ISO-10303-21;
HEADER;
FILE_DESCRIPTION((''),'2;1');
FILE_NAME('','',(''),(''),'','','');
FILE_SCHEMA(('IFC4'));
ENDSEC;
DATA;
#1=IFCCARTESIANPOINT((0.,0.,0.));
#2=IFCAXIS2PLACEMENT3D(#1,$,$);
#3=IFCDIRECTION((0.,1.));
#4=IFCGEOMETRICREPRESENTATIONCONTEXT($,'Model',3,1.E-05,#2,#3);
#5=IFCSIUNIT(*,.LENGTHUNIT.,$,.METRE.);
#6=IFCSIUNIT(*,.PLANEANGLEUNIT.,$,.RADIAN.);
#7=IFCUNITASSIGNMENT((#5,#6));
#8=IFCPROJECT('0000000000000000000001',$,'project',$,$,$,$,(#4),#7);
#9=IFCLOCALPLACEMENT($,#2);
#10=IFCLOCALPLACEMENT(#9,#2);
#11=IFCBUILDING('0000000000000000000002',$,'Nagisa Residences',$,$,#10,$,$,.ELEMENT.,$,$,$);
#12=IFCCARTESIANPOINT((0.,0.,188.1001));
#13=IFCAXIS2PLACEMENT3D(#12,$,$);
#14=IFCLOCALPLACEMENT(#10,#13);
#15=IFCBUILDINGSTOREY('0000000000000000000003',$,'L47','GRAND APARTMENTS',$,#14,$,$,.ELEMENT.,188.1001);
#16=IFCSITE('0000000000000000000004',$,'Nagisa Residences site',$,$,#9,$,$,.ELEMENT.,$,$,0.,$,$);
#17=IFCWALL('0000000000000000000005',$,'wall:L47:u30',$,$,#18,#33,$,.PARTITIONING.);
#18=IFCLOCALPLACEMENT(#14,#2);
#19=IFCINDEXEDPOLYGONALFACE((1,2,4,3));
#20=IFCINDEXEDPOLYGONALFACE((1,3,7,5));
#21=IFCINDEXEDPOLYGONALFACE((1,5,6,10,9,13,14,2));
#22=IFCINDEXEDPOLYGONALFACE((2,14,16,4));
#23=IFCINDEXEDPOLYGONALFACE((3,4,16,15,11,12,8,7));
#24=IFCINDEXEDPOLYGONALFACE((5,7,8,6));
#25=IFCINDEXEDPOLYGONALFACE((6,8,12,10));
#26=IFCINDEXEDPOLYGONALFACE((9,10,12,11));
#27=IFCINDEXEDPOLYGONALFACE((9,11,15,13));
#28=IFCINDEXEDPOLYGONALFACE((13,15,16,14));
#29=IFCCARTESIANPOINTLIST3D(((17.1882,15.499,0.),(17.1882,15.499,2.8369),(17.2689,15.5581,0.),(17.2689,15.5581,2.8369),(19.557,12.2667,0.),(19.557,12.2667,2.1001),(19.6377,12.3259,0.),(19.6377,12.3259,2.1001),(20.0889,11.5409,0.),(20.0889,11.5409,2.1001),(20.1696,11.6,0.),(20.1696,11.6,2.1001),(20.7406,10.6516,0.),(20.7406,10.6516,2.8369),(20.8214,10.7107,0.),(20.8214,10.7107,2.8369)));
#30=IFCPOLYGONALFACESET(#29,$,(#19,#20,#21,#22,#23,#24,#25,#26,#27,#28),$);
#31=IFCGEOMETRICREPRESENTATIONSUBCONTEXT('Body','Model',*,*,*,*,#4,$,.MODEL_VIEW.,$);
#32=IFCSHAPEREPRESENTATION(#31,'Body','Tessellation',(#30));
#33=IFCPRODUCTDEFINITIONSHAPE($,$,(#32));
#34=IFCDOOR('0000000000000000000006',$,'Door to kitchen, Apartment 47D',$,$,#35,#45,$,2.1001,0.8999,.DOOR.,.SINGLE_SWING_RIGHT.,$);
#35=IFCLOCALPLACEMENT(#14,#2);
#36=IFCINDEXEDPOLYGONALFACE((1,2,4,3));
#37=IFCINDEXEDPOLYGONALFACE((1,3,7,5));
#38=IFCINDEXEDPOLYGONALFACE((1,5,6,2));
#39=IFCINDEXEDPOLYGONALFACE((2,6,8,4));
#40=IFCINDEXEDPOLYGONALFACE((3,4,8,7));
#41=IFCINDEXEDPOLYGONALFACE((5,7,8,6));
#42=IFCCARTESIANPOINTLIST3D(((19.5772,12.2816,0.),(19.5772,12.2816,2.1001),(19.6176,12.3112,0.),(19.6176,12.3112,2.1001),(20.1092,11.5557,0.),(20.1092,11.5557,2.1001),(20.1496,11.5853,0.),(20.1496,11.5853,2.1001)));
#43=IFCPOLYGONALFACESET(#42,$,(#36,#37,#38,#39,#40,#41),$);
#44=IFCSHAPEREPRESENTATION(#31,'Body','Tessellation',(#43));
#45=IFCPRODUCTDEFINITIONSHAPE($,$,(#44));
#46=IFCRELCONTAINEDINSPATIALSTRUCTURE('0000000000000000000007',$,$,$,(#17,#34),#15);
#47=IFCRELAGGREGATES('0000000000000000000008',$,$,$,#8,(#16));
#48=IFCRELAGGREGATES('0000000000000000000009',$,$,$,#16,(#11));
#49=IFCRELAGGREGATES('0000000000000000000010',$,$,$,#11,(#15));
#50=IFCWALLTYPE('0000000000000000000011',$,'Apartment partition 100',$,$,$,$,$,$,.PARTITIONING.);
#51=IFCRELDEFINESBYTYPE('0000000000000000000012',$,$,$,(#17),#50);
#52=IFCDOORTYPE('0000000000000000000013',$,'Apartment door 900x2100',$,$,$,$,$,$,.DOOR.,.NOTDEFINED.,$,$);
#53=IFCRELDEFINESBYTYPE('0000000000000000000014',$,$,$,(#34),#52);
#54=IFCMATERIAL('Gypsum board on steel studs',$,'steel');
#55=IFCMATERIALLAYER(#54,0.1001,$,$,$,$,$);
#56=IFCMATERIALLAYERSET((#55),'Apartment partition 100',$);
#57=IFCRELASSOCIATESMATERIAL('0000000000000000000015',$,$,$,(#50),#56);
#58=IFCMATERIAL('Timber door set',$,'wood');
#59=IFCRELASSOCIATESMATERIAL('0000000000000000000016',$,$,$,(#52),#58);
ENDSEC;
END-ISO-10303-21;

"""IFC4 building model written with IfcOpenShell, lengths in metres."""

from ifc_helpers import new_model, si_unit, direction, frame, frame_2d, origin, place, context, subcontext, project, spatial, rectangle, extrude, material, layer, layer_set, type_object, element, fill, save


model = new_model("IFC4")

# Units and contexts
model_context = context("Model", 3, precision=1e-05, world=origin(), true_north=direction((0.0, 1.0)))
body_context = subcontext(model_context, "Body", "Model", "MODEL_VIEW")
ifc_project = project(units=[si_unit("LENGTHUNIT", "METRE"), si_unit("PLANEANGLEUNIT", "RADIAN")], contexts=[model_context])

# Site, building, storey
site_placement = place(None, origin())
site = spatial("IfcSite", under=ifc_project, at=site_placement, Name="Nagisa Residences site", CompositionType="ELEMENT", RefElevation=0.0)
building_placement = place(site_placement, origin())
building = spatial("IfcBuilding", under=site, at=building_placement, Name="Nagisa Residences", CompositionType="ELEMENT")
storey_placement = place(building_placement, frame((0.0, 0.0, 188.1001)))
storey = spatial("IfcBuildingStorey", under=building, at=storey_placement, Name="L47", Description="GRAND APARTMENTS", CompositionType="ELEMENT", Elevation=188.1001)

# Shared definitions
ifc_material_1 = material(Name="Gypsum board on steel studs", Category="steel")
ifc_layer_1 = layer(ifc_material_1, 0.1001)
ifc_layer_set_1 = layer_set([ifc_layer_1], Name="Apartment partition 100")
wall_type_1 = type_object("IfcWallType", Name="Apartment partition 100", PredefinedType="PARTITIONING", material=ifc_layer_set_1)

# Shared definitions
ifc_material_2 = material(Name="Timber door set", Category="wood")
door_type_1 = type_object("IfcDoorType", Name="Apartment door 900x2100", OperationType="NOTDEFINED", PredefinedType="DOOR", material=ifc_material_2)

# Wall, opening, door
wall_1_placement = place(storey_placement, frame((20.781, 10.6812, 0.0), z_axis=(0.0, 0.0, 1.0), x_axis=(-0.591117, 0.806586, 0.0)))
wall_1 = element("IfcWall", 1, at=wall_1_placement, inside=storey, type_object=wall_type_1, Name="wall:L47:u30", PredefinedType="PARTITIONING", context=body_context, shape_type="SweptSolid", body=[
    extrude(rectangle(XDim=6.0098, YDim=0.1001, at=frame_2d((3.0049, 0.0))), origin(), (0.0, 0.0, 1.0), 2.8369),
])
opening_1_placement = place(wall_1_placement, frame((1.1025, 0.0, 0.0)))
opening_1 = element("IfcOpeningElement", 2, at=opening_1_placement, cuts=wall_1, PredefinedType="OPENING", context=body_context, shape_type="SweptSolid", body=[
    extrude(rectangle(XDim=0.8999, YDim=2.1001, at=frame_2d((0.45, 1.05))), frame((0.0, 0.0601, 0.0), z_axis=(0.0, -1.0, 0.0), x_axis=(1.0, 0.0, 0.0)), (0.0, 0.0, 1.0), 0.1201),
])
door_1_placement = place(opening_1_placement, origin())
door_1 = element("IfcDoor", 3, at=door_1_placement, inside=storey, type_object=door_type_1, Name="Door to kitchen, Apartment 47D", OperationType="SINGLE_SWING_RIGHT", OverallHeight=2.1001, OverallWidth=0.8999, PredefinedType="DOOR", context=body_context, shape_type="SweptSolid", body=[
    extrude(rectangle(XDim=0.8999, YDim=2.1001, at=frame_2d((0.45, 1.05))), frame((0.0, 0.0249, 0.0), z_axis=(0.0, -1.0, 0.0), x_axis=(1.0, 0.0, 0.0)), (0.0, 0.0, 1.0), 0.05),
])
fill(opening_1, door_1)

save(model, "model.ifc")
